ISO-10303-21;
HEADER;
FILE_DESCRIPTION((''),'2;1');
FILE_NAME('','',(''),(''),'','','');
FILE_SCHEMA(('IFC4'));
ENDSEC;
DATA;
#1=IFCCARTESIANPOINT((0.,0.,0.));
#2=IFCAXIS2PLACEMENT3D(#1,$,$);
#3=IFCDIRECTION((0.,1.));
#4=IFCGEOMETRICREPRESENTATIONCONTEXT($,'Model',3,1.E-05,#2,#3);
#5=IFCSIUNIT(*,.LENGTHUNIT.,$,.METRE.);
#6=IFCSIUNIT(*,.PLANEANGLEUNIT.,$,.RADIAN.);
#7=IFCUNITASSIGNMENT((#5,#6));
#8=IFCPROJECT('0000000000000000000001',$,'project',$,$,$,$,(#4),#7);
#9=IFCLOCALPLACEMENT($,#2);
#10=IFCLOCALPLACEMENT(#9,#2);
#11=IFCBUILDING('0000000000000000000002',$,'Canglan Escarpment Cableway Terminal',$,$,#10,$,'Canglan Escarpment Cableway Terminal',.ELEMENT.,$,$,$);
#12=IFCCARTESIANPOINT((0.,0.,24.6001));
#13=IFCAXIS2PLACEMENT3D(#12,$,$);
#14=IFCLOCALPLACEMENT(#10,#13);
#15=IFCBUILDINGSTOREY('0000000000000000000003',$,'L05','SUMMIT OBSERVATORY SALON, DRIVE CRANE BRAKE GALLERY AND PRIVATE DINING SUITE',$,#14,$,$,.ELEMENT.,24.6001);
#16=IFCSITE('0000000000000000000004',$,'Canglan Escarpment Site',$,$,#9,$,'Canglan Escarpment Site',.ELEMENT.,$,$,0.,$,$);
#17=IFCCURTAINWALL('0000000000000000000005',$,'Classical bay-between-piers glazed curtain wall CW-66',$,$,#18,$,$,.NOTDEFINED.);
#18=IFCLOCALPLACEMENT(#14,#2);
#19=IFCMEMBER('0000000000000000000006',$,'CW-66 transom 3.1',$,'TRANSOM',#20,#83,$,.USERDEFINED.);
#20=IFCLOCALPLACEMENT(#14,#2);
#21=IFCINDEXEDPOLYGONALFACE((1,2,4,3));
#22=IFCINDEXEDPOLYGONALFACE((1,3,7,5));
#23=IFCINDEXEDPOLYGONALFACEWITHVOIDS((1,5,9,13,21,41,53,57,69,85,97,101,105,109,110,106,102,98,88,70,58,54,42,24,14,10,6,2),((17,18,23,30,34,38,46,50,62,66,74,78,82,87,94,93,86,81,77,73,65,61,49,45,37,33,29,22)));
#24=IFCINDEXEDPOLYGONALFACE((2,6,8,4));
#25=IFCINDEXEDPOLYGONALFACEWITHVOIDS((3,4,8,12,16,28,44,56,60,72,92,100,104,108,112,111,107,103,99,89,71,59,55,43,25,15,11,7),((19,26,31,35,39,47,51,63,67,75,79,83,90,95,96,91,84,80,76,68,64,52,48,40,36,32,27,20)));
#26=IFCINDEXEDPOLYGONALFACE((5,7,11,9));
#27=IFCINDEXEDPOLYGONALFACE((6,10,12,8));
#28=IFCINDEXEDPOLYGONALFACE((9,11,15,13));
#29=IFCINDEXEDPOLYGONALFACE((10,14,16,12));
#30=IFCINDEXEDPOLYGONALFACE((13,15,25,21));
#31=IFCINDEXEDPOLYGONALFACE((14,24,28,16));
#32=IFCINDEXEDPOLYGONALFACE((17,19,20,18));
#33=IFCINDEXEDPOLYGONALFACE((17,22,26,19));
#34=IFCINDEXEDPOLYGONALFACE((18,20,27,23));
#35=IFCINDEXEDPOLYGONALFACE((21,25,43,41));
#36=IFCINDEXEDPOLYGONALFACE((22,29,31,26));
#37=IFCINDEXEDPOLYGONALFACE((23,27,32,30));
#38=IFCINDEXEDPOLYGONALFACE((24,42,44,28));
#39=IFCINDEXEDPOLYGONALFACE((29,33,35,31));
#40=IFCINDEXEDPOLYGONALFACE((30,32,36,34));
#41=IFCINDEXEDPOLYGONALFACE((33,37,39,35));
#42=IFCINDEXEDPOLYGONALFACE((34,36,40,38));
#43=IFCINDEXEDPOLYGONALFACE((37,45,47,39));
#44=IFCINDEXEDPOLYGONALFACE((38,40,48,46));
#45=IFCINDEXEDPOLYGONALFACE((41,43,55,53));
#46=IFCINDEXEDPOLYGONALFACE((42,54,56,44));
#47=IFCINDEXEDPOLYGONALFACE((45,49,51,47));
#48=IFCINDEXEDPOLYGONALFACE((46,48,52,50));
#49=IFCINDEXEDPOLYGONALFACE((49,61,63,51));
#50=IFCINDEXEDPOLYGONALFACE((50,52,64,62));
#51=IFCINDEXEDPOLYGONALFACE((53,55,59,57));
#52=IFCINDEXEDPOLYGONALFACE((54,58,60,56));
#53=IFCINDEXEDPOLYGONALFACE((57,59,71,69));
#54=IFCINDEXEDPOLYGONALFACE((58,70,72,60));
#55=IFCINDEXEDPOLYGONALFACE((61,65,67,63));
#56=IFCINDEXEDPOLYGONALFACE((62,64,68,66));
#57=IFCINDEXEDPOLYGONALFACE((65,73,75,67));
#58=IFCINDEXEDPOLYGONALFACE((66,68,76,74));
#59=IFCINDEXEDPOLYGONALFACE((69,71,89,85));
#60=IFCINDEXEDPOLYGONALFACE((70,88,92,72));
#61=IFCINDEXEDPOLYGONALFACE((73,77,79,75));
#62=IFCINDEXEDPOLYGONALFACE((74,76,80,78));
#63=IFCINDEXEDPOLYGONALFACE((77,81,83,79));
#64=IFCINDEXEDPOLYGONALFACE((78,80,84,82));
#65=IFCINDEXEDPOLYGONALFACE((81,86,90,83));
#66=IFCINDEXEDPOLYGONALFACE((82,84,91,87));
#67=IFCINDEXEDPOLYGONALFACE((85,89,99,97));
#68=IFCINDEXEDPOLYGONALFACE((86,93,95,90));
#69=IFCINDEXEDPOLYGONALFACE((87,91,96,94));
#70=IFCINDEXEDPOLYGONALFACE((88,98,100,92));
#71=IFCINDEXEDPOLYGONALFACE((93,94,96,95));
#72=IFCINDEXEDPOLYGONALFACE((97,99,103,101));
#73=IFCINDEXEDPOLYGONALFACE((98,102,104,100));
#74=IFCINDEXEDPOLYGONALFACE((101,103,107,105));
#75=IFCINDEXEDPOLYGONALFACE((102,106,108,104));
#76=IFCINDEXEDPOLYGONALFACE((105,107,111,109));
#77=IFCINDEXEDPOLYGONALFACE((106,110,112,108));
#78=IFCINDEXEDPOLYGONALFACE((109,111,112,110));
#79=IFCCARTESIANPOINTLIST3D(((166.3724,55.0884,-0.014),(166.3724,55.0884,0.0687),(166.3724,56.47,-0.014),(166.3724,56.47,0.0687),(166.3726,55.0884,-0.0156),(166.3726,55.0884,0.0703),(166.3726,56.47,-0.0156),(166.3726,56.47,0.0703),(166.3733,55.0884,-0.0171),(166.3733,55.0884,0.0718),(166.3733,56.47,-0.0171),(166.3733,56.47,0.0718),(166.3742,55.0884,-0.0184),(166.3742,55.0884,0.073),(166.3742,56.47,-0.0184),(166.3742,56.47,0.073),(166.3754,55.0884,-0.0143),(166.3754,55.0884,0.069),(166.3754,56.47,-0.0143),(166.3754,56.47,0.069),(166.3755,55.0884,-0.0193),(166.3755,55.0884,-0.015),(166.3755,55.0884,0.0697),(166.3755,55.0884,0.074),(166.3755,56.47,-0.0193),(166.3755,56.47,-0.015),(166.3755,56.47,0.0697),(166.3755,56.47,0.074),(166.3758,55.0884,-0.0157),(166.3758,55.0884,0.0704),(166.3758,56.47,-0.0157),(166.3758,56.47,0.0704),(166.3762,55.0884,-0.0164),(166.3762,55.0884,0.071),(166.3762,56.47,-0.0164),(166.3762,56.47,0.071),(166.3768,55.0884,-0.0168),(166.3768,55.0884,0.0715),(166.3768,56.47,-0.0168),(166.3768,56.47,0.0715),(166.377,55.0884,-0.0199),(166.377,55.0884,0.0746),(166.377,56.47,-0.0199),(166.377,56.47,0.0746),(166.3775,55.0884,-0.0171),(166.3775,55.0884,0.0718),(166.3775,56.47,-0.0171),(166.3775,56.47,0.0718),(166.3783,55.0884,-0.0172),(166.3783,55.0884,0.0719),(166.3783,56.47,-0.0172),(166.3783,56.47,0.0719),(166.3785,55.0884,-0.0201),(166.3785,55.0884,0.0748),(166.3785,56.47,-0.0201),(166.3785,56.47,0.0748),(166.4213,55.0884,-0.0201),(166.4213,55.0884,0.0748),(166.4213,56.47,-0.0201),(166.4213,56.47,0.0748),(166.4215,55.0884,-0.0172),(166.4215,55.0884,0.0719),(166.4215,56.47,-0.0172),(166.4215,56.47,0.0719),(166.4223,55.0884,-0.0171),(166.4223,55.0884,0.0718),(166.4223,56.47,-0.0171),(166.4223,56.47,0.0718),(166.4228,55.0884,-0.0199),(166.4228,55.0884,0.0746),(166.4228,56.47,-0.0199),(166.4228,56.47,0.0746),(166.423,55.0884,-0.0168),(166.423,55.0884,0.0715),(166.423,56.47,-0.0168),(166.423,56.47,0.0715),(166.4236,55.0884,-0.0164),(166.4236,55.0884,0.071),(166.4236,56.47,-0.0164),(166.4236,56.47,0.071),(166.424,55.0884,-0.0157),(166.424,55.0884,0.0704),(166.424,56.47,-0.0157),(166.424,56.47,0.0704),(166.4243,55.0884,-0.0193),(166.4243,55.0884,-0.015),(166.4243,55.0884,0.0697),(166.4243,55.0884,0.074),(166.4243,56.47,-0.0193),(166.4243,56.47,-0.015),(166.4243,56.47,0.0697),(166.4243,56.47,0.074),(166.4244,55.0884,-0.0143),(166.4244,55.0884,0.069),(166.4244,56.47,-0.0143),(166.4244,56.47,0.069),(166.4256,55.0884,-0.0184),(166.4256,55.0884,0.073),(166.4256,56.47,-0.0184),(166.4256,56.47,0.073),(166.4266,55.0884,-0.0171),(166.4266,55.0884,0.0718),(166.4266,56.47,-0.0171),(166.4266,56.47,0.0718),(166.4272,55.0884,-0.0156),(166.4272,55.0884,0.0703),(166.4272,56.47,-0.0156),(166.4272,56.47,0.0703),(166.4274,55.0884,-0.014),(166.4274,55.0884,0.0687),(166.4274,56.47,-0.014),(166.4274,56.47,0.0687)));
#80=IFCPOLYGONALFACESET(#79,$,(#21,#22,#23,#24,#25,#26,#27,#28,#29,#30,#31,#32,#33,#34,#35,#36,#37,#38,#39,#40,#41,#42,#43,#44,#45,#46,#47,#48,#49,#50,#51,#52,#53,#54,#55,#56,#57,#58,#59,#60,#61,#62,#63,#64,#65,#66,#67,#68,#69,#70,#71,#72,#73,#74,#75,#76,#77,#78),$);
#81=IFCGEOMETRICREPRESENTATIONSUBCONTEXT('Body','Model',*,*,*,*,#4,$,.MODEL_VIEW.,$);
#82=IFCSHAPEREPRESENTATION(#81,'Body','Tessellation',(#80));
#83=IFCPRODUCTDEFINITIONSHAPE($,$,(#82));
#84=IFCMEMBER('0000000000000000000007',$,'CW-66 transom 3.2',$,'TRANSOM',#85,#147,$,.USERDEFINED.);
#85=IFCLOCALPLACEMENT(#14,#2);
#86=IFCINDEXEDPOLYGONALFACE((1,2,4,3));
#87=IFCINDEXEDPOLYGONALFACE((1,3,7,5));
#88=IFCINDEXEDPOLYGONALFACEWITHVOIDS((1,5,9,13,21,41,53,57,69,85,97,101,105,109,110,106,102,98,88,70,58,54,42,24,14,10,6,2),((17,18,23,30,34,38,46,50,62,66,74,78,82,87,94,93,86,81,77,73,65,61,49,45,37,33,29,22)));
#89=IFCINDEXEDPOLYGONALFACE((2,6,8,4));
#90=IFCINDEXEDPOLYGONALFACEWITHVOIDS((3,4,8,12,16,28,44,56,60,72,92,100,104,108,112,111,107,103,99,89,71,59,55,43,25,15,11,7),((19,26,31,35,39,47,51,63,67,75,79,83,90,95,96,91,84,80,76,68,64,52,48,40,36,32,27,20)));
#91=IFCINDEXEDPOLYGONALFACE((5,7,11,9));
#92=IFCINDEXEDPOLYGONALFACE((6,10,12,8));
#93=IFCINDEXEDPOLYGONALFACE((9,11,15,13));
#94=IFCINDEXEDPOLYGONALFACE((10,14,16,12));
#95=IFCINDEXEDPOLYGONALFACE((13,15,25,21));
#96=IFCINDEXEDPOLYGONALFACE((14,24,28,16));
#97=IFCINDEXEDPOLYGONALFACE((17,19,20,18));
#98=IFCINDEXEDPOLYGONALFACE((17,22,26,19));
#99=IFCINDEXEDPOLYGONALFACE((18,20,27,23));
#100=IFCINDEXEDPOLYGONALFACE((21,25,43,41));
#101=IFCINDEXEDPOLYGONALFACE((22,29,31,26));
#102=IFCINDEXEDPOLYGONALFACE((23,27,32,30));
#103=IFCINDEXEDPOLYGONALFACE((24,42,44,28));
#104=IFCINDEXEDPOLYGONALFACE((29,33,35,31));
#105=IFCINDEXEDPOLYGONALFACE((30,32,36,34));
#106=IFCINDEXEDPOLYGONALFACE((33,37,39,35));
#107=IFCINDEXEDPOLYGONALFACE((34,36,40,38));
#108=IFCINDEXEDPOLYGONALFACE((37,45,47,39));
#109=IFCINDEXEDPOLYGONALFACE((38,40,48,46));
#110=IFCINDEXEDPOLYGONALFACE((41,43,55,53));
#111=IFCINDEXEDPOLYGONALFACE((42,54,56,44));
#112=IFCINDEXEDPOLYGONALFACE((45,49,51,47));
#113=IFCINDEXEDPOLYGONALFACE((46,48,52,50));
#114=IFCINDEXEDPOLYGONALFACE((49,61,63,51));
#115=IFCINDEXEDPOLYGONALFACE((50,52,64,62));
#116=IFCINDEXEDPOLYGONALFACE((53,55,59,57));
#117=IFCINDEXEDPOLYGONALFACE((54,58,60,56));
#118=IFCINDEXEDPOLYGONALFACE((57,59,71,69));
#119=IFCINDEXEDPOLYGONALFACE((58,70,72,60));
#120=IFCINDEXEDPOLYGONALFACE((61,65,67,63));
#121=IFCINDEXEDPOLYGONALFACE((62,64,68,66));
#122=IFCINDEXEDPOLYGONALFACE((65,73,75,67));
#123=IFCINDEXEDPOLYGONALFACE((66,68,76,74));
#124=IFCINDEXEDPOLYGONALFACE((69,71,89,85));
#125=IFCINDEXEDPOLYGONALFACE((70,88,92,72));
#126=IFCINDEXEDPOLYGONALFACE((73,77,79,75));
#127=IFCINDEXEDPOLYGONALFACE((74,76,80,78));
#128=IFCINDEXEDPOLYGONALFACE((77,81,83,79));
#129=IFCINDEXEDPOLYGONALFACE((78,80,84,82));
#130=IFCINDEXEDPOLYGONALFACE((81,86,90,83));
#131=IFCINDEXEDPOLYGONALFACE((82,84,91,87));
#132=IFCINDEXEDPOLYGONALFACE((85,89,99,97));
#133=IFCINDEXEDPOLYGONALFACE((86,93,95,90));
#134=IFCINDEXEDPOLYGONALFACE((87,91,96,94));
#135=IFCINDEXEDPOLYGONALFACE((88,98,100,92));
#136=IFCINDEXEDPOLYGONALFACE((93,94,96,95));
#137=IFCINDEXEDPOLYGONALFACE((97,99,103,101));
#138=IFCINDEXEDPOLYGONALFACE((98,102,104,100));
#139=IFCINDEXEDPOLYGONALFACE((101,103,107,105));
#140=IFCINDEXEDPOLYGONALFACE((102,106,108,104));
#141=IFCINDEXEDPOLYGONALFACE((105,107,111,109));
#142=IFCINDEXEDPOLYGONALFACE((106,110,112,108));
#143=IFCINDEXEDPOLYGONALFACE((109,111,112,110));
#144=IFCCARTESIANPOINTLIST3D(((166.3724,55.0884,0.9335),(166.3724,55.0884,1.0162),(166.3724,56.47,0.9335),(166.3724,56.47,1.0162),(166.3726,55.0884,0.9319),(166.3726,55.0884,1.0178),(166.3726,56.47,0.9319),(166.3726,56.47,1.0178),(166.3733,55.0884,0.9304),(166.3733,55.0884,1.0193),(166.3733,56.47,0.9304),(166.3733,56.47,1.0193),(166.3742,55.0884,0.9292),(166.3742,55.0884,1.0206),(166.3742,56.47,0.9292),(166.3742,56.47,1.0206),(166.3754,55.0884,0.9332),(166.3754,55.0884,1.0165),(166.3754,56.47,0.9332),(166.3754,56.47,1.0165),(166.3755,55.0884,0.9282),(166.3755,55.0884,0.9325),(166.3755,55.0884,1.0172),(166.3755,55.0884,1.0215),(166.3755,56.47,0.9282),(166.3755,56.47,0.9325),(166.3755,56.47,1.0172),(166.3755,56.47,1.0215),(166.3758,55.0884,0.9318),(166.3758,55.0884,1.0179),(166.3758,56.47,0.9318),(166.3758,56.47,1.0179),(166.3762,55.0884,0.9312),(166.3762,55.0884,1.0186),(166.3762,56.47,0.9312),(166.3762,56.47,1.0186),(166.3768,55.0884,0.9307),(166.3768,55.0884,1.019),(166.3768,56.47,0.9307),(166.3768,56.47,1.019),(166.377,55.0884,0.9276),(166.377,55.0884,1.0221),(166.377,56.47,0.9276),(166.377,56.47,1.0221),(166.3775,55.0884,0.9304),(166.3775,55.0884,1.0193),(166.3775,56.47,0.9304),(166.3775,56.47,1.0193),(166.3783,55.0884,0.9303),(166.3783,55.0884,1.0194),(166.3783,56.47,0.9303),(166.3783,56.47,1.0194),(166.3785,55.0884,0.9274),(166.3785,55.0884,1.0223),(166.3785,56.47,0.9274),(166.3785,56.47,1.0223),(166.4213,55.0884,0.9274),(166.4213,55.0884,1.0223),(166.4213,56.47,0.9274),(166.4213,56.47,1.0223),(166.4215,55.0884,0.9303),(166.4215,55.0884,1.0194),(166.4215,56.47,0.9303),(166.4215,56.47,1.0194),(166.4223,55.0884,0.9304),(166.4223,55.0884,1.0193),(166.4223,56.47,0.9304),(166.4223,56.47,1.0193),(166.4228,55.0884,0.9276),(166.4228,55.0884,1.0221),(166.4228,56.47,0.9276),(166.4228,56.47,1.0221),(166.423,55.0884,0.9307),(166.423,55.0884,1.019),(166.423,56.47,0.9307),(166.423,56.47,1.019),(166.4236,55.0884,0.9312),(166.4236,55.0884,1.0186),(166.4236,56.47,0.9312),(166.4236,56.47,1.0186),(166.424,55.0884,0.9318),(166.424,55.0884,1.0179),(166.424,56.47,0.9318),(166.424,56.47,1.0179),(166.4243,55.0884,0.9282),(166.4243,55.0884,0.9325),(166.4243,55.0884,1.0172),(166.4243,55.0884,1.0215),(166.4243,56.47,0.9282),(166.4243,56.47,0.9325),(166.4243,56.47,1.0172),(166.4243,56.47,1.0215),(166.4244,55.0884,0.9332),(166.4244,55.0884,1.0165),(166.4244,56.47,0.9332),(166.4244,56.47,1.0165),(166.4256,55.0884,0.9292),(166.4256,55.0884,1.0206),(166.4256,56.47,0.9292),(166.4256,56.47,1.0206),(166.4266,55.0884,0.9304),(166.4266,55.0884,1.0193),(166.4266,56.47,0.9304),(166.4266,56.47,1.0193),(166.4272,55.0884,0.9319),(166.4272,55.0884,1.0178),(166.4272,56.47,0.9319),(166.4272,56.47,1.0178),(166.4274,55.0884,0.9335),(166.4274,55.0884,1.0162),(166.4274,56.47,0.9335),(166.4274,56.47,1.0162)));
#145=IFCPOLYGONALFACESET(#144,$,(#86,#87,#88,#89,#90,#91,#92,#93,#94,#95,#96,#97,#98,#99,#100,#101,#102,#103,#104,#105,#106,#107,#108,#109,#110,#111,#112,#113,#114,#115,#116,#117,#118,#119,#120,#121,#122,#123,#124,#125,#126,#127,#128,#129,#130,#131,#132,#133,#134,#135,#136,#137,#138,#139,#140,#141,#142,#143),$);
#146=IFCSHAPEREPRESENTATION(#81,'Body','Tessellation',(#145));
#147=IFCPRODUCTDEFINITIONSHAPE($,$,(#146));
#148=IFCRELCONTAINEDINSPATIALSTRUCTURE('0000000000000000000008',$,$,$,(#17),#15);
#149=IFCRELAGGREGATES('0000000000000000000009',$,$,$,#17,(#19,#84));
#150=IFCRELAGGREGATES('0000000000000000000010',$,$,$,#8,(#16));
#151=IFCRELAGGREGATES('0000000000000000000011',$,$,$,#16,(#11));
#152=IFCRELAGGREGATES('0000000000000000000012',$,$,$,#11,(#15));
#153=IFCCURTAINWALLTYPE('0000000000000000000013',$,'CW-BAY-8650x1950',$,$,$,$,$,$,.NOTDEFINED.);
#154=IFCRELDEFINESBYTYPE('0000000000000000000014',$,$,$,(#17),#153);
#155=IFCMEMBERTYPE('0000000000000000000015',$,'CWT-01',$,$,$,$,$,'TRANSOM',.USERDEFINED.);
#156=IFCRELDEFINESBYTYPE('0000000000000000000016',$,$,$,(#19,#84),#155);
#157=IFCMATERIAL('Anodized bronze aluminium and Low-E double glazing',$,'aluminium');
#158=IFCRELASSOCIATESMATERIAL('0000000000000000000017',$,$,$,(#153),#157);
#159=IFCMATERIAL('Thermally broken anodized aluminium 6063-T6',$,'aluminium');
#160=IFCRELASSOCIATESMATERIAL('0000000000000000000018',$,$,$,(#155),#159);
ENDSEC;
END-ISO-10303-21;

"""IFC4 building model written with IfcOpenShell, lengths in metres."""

from ifc_helpers import new_model, si_unit, direction, frame, origin, origin_2d, place, context, subcontext, project, spatial, hollow_rectangle, extrude, material, material_profile, profile_set, type_object, element, aggregate, save


model = new_model("IFC4")

# Units and contexts
model_context = context("Model", 3, precision=1e-05, world=origin(), true_north=direction((0.0, 1.0)))
body_context = subcontext(model_context, "Body", "Model", "MODEL_VIEW")
ifc_project = project(units=[si_unit("LENGTHUNIT", "METRE"), si_unit("PLANEANGLEUNIT", "RADIAN")], contexts=[model_context])

# Site, building, storey
site_placement = place(None, origin())
site = spatial("IfcSite", under=ifc_project, at=site_placement, Name="Canglan Escarpment Site", LongName="Canglan Escarpment Site", CompositionType="ELEMENT", RefElevation=0.0)
building_placement = place(site_placement, origin())
building = spatial("IfcBuilding", under=site, at=building_placement, Name="Canglan Escarpment Cableway Terminal", LongName="Canglan Escarpment Cableway Terminal", CompositionType="ELEMENT")
storey_placement = place(building_placement, frame((0.0, 0.0, 24.6001)))
storey = spatial("IfcBuildingStorey", under=building, at=storey_placement, Name="L05", Description="SUMMIT OBSERVATORY SALON, DRIVE CRANE BRAKE GALLERY AND PRIVATE DINING SUITE", CompositionType="ELEMENT", Elevation=24.6001)

# Shared definitions
ifc_material_1 = material(Name="Anodized bronze aluminium and Low-E double glazing", Category="aluminium")
ifc_material_2 = material(Name="Thermally broken anodized aluminium 6063-T6", Category="aluminium")

# Curtain wall, members
curtain_wall_type_1 = type_object("IfcCurtainWallType", Name="CW-BAY-8650x1950", PredefinedType="NOTDEFINED", material=ifc_material_1)
curtain_wall_1_placement = place(storey_placement, origin())
curtain_wall_1 = element("IfcCurtainWall", 1, at=curtain_wall_1_placement, inside=storey, type_object=curtain_wall_type_1, Name="Classical bay-between-piers glazed curtain wall CW-66", PredefinedType="NOTDEFINED")
ifc_material_profile_1 = material_profile(ifc_material_2, hollow_rectangle(XDim=0.0549, YDim=0.095, WallThickness=0.0029, InnerFilletRadius=0.0029, OuterFilletRadius=0.0061, at=origin_2d()), Name="ALU-TRAN 55x95x3")
ifc_profile_set_1 = profile_set([ifc_material_profile_1], Name="Thermally broken anodized aluminium 6063-T6")
member_type_1 = type_object("IfcMemberType", Name="CWT-01", ElementType="TRANSOM", PredefinedType="USERDEFINED", material=ifc_profile_set_1)
member_1_placement = place(storey_placement, frame((166.3999, 55.0884, 0.0273), z_axis=(0.0, 1.0, 0.0), x_axis=(-1.0, 0.0, 0.0)))
member_1 = element("IfcMember", 2, at=member_1_placement, type_object=member_type_1, Name="CW-66 transom 3.1", ObjectType="TRANSOM", PredefinedType="USERDEFINED", context=body_context, shape_type="SweptSolid", body=[
    extrude(hollow_rectangle(XDim=0.0549, YDim=0.095, WallThickness=0.0029, InnerFilletRadius=0.0029, OuterFilletRadius=0.0061, at=origin_2d()), origin(), (0.0, 0.0, 1.0), 1.3816),
])
member_2_placement = place(storey_placement, frame((166.3999, 55.0884, 0.9749), z_axis=(0.0, 1.0, 0.0), x_axis=(-1.0, 0.0, 0.0)))
member_2 = element("IfcMember", 3, at=member_2_placement, type_object=member_type_1, Name="CW-66 transom 3.2", ObjectType="TRANSOM", PredefinedType="USERDEFINED", context=body_context, shape_type="SweptSolid", body=[
    extrude(hollow_rectangle(XDim=0.0549, YDim=0.095, WallThickness=0.0029, InnerFilletRadius=0.0029, OuterFilletRadius=0.0061, at=origin_2d()), origin(), (0.0, 0.0, 1.0), 1.3816),
])

aggregate(curtain_wall_1, [member_1, member_2])

save(model, "model.ifc")
